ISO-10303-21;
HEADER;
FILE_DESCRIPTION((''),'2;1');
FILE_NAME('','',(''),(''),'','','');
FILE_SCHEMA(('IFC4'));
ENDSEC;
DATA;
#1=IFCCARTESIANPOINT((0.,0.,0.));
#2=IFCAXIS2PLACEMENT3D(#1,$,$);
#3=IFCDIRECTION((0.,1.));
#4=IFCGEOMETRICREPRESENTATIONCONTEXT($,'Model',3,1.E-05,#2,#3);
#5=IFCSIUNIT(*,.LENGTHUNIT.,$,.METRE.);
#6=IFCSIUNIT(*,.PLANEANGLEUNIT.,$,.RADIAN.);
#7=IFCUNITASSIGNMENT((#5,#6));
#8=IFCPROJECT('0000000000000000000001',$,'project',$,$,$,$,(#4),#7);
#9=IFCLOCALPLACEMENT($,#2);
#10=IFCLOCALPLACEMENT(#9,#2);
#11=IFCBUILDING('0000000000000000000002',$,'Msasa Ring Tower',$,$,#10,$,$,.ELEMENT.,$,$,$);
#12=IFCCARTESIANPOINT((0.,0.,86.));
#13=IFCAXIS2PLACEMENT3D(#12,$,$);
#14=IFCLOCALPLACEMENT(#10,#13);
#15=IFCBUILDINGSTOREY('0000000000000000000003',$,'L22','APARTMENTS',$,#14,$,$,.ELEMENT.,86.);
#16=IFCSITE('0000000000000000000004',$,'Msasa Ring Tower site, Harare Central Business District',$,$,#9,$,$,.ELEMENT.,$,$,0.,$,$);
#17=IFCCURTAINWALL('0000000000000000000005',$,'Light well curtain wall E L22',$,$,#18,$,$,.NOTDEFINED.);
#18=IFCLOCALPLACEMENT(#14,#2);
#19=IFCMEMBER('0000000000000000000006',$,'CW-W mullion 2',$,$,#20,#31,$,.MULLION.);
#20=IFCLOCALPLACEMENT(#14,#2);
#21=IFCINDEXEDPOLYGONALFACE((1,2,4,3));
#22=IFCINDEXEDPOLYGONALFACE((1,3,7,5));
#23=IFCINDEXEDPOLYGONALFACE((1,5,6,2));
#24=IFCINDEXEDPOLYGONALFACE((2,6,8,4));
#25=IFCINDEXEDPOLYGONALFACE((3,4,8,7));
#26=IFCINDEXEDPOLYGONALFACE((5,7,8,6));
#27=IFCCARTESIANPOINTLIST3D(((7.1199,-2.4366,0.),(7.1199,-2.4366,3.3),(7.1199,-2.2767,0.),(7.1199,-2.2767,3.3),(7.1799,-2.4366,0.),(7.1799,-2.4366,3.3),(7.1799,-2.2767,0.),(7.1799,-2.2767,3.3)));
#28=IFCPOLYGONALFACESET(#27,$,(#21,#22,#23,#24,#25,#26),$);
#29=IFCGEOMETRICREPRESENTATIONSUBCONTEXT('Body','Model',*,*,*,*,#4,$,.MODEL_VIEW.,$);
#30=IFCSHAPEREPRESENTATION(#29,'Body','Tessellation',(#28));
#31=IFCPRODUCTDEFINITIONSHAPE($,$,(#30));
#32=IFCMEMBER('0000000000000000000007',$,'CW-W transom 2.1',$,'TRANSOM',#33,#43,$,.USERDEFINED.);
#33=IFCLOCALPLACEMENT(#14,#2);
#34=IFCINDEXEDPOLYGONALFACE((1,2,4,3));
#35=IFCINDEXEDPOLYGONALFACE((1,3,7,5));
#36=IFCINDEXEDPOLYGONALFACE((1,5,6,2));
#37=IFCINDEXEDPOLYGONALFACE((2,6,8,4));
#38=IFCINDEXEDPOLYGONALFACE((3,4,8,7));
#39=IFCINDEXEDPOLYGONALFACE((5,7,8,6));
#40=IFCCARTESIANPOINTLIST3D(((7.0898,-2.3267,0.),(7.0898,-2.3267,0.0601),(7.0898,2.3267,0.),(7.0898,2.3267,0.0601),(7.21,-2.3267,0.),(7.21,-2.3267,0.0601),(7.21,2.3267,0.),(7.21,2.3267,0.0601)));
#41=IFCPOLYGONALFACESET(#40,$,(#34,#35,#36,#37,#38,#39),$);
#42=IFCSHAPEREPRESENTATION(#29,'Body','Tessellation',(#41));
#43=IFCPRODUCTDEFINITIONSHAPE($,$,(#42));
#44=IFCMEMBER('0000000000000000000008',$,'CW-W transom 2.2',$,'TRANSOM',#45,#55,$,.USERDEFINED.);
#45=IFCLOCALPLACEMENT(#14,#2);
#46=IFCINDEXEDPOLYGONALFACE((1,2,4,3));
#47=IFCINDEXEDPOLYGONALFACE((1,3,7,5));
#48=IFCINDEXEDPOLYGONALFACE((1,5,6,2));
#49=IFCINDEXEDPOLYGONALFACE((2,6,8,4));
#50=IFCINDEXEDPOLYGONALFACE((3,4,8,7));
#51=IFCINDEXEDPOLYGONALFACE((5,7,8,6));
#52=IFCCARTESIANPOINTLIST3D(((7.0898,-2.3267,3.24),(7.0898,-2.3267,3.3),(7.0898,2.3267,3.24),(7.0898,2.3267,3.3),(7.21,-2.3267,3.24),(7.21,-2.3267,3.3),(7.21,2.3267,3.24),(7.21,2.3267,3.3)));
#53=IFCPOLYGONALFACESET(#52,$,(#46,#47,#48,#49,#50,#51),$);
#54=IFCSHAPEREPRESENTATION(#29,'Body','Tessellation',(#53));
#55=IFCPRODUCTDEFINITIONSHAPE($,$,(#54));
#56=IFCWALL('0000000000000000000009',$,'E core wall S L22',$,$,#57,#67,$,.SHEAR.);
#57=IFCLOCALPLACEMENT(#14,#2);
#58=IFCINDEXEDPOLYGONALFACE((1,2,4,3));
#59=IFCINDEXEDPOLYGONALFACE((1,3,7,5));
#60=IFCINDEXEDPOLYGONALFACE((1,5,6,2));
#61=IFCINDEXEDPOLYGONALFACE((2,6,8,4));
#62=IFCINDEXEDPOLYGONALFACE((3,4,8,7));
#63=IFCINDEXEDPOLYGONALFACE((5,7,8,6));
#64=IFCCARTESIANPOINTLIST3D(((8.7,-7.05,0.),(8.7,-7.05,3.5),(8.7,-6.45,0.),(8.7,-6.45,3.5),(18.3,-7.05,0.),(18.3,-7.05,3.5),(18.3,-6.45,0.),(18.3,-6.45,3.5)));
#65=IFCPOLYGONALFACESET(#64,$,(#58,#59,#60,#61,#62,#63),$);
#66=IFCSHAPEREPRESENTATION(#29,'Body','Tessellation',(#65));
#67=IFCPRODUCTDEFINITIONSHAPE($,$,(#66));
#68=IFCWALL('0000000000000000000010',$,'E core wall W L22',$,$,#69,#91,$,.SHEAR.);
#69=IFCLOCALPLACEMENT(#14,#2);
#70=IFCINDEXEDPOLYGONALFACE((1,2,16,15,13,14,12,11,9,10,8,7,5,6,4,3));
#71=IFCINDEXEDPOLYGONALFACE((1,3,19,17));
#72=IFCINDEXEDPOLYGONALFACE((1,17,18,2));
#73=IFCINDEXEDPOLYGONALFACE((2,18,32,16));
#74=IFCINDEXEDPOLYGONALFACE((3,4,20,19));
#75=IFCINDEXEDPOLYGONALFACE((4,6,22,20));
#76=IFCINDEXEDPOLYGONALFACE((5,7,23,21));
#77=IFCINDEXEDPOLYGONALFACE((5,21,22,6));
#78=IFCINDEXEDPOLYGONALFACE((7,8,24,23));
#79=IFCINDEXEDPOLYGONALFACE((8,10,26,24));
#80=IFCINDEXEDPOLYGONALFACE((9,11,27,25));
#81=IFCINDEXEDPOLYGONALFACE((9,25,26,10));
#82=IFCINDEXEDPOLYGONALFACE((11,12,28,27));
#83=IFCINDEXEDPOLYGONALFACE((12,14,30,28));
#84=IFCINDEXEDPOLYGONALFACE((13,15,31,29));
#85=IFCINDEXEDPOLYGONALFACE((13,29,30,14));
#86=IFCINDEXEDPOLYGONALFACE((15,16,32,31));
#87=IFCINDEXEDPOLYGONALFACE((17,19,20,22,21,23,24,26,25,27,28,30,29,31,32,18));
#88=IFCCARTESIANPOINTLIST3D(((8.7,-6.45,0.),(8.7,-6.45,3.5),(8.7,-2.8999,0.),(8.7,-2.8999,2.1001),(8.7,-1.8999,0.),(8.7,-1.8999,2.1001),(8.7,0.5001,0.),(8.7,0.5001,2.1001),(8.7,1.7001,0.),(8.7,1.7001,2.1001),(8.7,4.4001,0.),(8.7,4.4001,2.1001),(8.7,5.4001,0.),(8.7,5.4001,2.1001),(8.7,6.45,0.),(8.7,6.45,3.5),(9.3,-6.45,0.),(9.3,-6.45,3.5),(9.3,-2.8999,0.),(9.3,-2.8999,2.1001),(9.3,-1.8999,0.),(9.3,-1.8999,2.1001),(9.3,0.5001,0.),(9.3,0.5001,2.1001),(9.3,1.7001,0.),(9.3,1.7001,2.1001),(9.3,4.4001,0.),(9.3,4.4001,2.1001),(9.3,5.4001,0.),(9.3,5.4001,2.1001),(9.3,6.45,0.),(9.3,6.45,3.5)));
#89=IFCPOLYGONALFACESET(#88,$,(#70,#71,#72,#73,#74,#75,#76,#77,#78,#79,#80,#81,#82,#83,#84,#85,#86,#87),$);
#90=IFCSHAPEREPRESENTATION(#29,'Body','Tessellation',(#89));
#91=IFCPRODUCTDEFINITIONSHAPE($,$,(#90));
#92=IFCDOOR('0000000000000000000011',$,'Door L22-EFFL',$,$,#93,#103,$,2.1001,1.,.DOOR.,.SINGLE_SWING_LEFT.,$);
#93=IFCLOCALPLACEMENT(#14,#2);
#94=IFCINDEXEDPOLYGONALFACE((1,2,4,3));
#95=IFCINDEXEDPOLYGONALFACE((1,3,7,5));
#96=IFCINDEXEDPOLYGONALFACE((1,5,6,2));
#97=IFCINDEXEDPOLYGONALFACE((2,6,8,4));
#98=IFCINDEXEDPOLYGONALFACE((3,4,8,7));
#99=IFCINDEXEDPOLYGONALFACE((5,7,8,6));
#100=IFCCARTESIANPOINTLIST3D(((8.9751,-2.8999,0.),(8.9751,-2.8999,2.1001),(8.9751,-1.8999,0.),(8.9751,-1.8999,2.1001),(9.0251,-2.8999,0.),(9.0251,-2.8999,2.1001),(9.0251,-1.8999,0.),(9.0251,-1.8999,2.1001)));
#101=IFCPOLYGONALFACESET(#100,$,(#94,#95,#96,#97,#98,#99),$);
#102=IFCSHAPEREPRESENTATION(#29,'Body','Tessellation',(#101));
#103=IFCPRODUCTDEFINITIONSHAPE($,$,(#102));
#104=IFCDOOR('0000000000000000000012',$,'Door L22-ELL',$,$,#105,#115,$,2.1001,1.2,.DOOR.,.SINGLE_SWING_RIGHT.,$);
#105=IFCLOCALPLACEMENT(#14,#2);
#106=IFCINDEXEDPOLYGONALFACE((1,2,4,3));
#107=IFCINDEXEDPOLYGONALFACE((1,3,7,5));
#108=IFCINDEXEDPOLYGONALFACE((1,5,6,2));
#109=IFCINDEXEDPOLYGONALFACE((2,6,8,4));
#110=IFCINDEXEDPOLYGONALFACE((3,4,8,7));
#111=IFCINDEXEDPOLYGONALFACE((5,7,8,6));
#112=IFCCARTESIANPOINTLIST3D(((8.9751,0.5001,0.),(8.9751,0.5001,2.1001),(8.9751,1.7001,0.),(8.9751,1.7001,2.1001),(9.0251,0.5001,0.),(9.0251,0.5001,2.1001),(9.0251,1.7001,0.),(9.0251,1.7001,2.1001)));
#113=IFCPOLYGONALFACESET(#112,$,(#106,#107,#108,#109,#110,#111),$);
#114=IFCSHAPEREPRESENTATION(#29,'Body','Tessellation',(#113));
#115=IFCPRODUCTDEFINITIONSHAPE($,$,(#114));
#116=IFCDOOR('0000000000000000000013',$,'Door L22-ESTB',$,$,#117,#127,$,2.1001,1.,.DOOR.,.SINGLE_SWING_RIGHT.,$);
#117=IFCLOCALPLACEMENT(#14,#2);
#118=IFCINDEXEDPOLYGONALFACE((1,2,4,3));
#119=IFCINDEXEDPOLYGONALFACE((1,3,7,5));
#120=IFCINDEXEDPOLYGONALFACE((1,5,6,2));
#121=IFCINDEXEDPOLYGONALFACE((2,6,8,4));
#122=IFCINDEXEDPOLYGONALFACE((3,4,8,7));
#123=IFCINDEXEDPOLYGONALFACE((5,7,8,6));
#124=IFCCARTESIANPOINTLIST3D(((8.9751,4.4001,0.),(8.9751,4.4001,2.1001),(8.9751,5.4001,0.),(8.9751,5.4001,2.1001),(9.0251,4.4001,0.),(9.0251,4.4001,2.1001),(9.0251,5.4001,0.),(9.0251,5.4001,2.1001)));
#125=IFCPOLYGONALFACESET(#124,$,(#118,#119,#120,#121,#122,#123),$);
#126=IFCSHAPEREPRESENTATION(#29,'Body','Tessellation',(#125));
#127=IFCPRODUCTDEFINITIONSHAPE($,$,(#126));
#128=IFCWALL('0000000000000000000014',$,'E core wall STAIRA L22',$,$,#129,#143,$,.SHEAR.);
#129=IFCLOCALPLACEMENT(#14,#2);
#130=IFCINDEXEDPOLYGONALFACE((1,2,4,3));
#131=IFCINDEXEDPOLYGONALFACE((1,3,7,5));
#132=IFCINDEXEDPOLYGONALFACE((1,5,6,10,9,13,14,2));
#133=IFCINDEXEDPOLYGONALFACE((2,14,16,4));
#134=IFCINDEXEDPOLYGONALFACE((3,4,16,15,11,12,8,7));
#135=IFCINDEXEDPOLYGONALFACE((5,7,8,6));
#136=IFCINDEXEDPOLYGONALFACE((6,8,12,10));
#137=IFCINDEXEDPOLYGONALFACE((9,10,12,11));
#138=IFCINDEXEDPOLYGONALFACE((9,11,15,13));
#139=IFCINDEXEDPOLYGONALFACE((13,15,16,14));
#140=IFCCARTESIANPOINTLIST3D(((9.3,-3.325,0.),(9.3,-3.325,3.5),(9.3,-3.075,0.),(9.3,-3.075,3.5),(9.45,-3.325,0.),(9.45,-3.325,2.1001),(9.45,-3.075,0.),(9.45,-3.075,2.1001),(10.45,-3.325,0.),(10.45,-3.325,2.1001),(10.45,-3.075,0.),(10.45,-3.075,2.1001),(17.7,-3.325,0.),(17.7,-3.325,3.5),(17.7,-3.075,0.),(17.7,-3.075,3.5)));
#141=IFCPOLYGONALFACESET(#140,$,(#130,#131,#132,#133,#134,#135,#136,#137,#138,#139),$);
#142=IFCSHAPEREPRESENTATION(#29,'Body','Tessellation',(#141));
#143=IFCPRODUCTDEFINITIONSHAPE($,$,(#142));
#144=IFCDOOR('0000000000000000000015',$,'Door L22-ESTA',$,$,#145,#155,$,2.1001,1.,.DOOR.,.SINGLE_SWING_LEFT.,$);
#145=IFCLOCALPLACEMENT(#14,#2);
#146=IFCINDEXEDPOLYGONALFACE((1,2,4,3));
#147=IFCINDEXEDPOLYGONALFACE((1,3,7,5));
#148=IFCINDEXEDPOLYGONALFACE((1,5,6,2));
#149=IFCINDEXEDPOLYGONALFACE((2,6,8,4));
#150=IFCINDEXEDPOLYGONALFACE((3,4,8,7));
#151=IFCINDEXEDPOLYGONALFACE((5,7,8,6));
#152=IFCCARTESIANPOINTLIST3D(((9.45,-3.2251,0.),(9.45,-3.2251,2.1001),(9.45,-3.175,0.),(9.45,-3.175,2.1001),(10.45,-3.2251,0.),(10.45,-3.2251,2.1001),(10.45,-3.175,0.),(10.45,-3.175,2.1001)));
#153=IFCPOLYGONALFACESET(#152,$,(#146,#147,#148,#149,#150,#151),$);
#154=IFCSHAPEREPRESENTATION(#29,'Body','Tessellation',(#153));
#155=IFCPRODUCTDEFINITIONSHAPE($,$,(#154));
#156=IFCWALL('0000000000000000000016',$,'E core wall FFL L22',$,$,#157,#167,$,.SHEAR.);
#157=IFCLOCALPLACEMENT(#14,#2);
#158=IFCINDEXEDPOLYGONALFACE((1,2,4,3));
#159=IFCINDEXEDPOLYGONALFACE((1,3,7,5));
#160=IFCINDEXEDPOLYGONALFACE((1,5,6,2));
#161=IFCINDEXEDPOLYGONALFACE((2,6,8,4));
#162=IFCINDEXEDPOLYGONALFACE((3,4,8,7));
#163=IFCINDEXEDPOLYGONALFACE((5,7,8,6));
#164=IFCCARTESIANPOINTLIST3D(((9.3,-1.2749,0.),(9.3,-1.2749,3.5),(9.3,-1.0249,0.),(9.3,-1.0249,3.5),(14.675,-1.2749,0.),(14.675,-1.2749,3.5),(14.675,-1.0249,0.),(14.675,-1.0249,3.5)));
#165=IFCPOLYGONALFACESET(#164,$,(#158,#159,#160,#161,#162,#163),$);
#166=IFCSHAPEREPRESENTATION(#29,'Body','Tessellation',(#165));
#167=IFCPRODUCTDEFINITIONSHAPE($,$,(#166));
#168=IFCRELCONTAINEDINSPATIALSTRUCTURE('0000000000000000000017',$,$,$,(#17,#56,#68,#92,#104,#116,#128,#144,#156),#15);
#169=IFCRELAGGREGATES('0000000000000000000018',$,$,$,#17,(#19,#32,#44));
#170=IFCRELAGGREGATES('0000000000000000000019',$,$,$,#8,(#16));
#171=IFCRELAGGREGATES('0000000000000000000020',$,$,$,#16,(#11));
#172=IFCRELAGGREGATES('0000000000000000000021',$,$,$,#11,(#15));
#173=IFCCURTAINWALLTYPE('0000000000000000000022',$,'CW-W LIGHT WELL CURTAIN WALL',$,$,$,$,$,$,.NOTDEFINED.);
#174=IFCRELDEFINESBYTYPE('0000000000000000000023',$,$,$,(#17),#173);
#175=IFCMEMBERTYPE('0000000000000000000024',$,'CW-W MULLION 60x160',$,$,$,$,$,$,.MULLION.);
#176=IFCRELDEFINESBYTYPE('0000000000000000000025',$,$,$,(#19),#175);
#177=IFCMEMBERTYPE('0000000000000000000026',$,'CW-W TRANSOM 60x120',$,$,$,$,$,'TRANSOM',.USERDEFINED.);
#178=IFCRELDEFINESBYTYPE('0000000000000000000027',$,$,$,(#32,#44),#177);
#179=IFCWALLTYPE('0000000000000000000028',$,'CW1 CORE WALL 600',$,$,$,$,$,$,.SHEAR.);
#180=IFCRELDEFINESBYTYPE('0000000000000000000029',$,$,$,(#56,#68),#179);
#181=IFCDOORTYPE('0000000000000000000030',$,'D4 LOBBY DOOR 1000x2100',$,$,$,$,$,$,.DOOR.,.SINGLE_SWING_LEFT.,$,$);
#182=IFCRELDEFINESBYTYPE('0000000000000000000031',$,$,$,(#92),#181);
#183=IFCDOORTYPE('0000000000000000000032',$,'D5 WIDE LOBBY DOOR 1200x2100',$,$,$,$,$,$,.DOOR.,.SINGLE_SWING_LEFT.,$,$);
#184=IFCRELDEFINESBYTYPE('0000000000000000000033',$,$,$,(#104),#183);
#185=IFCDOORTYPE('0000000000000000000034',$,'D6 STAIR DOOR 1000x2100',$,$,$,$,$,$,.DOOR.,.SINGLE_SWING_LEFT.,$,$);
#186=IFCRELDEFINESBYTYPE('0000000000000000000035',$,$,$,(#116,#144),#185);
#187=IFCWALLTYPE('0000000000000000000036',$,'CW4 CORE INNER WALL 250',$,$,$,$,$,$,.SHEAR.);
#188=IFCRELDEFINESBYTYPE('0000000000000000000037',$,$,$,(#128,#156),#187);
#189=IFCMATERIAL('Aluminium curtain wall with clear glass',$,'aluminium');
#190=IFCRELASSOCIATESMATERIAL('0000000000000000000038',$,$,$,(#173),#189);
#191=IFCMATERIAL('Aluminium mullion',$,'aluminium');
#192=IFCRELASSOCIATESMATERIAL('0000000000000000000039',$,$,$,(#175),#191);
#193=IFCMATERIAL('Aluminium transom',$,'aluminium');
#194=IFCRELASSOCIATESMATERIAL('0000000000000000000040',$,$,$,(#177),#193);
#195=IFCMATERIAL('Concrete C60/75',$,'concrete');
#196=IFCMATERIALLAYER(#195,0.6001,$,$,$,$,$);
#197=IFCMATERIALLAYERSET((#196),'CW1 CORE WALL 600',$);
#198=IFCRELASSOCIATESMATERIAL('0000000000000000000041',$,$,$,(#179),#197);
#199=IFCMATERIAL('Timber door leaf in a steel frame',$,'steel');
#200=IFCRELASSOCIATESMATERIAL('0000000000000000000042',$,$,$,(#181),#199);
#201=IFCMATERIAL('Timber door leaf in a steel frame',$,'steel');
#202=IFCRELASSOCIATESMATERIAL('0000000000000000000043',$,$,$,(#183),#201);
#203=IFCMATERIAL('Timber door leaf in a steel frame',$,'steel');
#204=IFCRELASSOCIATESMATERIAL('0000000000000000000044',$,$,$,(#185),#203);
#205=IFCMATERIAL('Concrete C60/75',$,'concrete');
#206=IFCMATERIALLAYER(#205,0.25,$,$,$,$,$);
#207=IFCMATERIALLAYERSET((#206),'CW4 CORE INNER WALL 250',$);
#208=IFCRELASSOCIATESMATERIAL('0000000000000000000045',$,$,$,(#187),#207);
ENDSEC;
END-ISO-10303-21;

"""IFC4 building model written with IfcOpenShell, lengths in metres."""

from ifc_helpers import new_model, si_unit, direction, frame, frame_2d, origin, origin_2d, place, context, subcontext, project, spatial, rectangle, extrude, material, layer, layer_set, material_profile, profile_set, type_object, element, fill, aggregate, save


model = new_model("IFC4")

# Units and contexts
model_context = context("Model", 3, precision=1e-05, world=origin(), true_north=direction((0.0, 1.0)))
body_context = subcontext(model_context, "Body", "Model", "MODEL_VIEW")
ifc_project = project(units=[si_unit("LENGTHUNIT", "METRE"), si_unit("PLANEANGLEUNIT", "RADIAN")], contexts=[model_context])

# Site, building, storey
site_placement = place(None, origin())
site = spatial("IfcSite", under=ifc_project, at=site_placement, Name="Msasa Ring Tower site, Harare Central Business District", CompositionType="ELEMENT", RefElevation=0.0)
building_placement = place(site_placement, origin())
building = spatial("IfcBuilding", under=site, at=building_placement, Name="Msasa Ring Tower", CompositionType="ELEMENT")
storey_placement = place(building_placement, frame((0.0, 0.0, 86.0)))
storey = spatial("IfcBuildingStorey", under=building, at=storey_placement, Name="L22", Description="APARTMENTS", CompositionType="ELEMENT", Elevation=86.0)

# Curtain wall, members
ifc_material_1 = material(Name="Aluminium curtain wall with clear glass", Category="aluminium")
curtain_wall_type = type_object("IfcCurtainWallType", Name="CW-W LIGHT WELL CURTAIN WALL", PredefinedType="NOTDEFINED", material=ifc_material_1)
curtain_wall_placement = place(storey_placement, origin())
curtain_wall = element("IfcCurtainWall", 1, at=curtain_wall_placement, inside=storey, type_object=curtain_wall_type, Name="Light well curtain wall E L22", PredefinedType="NOTDEFINED")
ifc_material_2 = material(Name="Aluminium mullion", Category="aluminium")
ifc_material_profile_1 = material_profile(ifc_material_2, rectangle(XDim=0.0601, YDim=0.1599, at=origin_2d()), Name="AL 60x160")
ifc_profile_set_1 = profile_set([ifc_material_profile_1], Name="Aluminium mullion")
member_type_1 = type_object("IfcMemberType", Name="CW-W MULLION 60x160", PredefinedType="MULLION", material=ifc_profile_set_1)
member_1_placement = place(storey_placement, frame((7.1499, -2.3567, 0.0), z_axis=(0.0, 0.0, 1.0), x_axis=(-1.0, 0.0, 0.0)))
member_1 = element("IfcMember", 2, at=member_1_placement, type_object=member_type_1, Name="CW-W mullion 2", PredefinedType="MULLION", context=body_context, shape_type="SweptSolid", body=[
    extrude(rectangle(XDim=0.0601, YDim=0.1599, at=origin_2d()), origin(), (0.0, 0.0, 1.0), 3.3),
])
ifc_material_3 = material(Name="Aluminium transom", Category="aluminium")
ifc_material_profile_2 = material_profile(ifc_material_3, rectangle(XDim=0.1201, YDim=0.0601, at=origin_2d()), Name="AL 60x120")
ifc_profile_set_2 = profile_set([ifc_material_profile_2], Name="Aluminium transom")
member_type_2 = type_object("IfcMemberType", Name="CW-W TRANSOM 60x120", ElementType="TRANSOM", PredefinedType="USERDEFINED", material=ifc_profile_set_2)
member_2_placement = place(storey_placement, frame((7.1499, -2.3267, 0.03), z_axis=(0.0, 1.0, 0.0), x_axis=(-1.0, 0.0, 0.0)))
member_2 = element("IfcMember", 3, at=member_2_placement, type_object=member_type_2, Name="CW-W transom 2.1", ObjectType="TRANSOM", PredefinedType="USERDEFINED", context=body_context, shape_type="SweptSolid", body=[
    extrude(rectangle(XDim=0.1201, YDim=0.0601, at=origin_2d()), origin(), (0.0, 0.0, 1.0), 4.6533),
])
member_3_placement = place(storey_placement, frame((7.1499, -2.3267, 3.27), z_axis=(0.0, 1.0, 0.0), x_axis=(-1.0, 0.0, 0.0)))
member_3 = element("IfcMember", 4, at=member_3_placement, type_object=member_type_2, Name="CW-W transom 2.2", ObjectType="TRANSOM", PredefinedType="USERDEFINED", context=body_context, shape_type="SweptSolid", body=[
    extrude(rectangle(XDim=0.1201, YDim=0.0601, at=origin_2d()), origin(), (0.0, 0.0, 1.0), 4.6533),
])
aggregate(curtain_wall, [member_1, member_2, member_3])

# Wall
ifc_material_4 = material(Name="Concrete C60/75", Category="concrete")
ifc_layer_1 = layer(ifc_material_4, 0.6001)
ifc_layer_set_1 = layer_set([ifc_layer_1], Name="CW1 CORE WALL 600")
wall_type_1 = type_object("IfcWallType", Name="CW1 CORE WALL 600", PredefinedType="SHEAR", material=ifc_layer_set_1)
wall_1_placement = place(storey_placement, frame((8.7, -6.75, 0.0), z_axis=(0.0, 0.0, 1.0), x_axis=(1.0, 0.0, 0.0)))
element("IfcWall", 5, at=wall_1_placement, inside=storey, type_object=wall_type_1, Name="E core wall S L22", PredefinedType="SHEAR", context=body_context, shape_type="SweptSolid", body=[
    extrude(rectangle(XDim=9.6001, YDim=0.6001, at=frame_2d((4.8, 0.0))), origin(), (0.0, 0.0, 1.0), 3.5),
])

# Wall, openings, doors
wall_2_placement = place(storey_placement, frame((9.0, -6.45, 0.0), z_axis=(0.0, 0.0, 1.0), x_axis=(0.0, 1.0, 0.0)))
wall_2 = element("IfcWall", 6, at=wall_2_placement, inside=storey, type_object=wall_type_1, Name="E core wall W L22", PredefinedType="SHEAR", context=body_context, shape_type="SweptSolid", body=[
    extrude(rectangle(XDim=12.8999, YDim=0.6001, at=frame_2d((6.45, 0.0))), origin(), (0.0, 0.0, 1.0), 3.5),
])
opening_1_placement = place(wall_2_placement, frame((3.55, 0.0, 0.0)))
opening_1 = element("IfcOpeningElement", 7, at=opening_1_placement, cuts=wall_2, PredefinedType="OPENING", context=body_context, shape_type="SweptSolid", body=[
    extrude(rectangle(XDim=1.0, YDim=2.1001, at=frame_2d((0.5, 1.05))), frame((0.0, 0.3101, 0.0), z_axis=(0.0, -1.0, 0.0), x_axis=(1.0, 0.0, 0.0)), (0.0, 0.0, 1.0), 0.6201),
])
opening_2_placement = place(wall_2_placement, frame((6.95, 0.0, 0.0)))
opening_2 = element("IfcOpeningElement", 8, at=opening_2_placement, cuts=wall_2, PredefinedType="OPENING", context=body_context, shape_type="SweptSolid", body=[
    extrude(rectangle(XDim=1.2, YDim=2.1001, at=frame_2d((0.6001, 1.05))), frame((0.0, 0.3101, 0.0), z_axis=(0.0, -1.0, 0.0), x_axis=(1.0, 0.0, 0.0)), (0.0, 0.0, 1.0), 0.6201),
])
opening_3_placement = place(wall_2_placement, frame((10.8501, 0.0, 0.0)))
opening_3 = element("IfcOpeningElement", 9, at=opening_3_placement, cuts=wall_2, PredefinedType="OPENING", context=body_context, shape_type="SweptSolid", body=[
    extrude(rectangle(XDim=1.0, YDim=2.1001, at=frame_2d((0.5, 1.05))), frame((0.0, 0.3101, 0.0), z_axis=(0.0, -1.0, 0.0), x_axis=(1.0, 0.0, 0.0)), (0.0, 0.0, 1.0), 0.6201),
])
ifc_material_5 = material(Name="Timber door leaf in a steel frame", Category="steel")
door_type_1 = type_object("IfcDoorType", Name="D4 LOBBY DOOR 1000x2100", OperationType="SINGLE_SWING_LEFT", PredefinedType="DOOR", material=ifc_material_5)
door_1_placement = place(opening_1_placement, origin())
door_1 = element("IfcDoor", 10, at=door_1_placement, inside=storey, type_object=door_type_1, Name="Door L22-EFFL", OperationType="SINGLE_SWING_LEFT", OverallHeight=2.1001, OverallWidth=1.0, PredefinedType="DOOR", context=body_context, shape_type="SweptSolid", body=[
    extrude(rectangle(XDim=1.0, YDim=2.1001, at=frame_2d((0.5, 1.05))), frame((0.0, 0.0249, 0.0), z_axis=(0.0, -1.0, 0.0), x_axis=(1.0, 0.0, 0.0)), (0.0, 0.0, 1.0), 0.05),
])
fill(opening_1, door_1)
ifc_material_6 = material(Name="Timber door leaf in a steel frame", Category="steel")
door_type_2 = type_object("IfcDoorType", Name="D5 WIDE LOBBY DOOR 1200x2100", OperationType="SINGLE_SWING_LEFT", PredefinedType="DOOR", material=ifc_material_6)
door_2_placement = place(opening_2_placement, origin())
door_2 = element("IfcDoor", 11, at=door_2_placement, inside=storey, type_object=door_type_2, Name="Door L22-ELL", OperationType="SINGLE_SWING_RIGHT", OverallHeight=2.1001, OverallWidth=1.2, PredefinedType="DOOR", context=body_context, shape_type="SweptSolid", body=[
    extrude(rectangle(XDim=1.2, YDim=2.1001, at=frame_2d((0.6001, 1.05))), frame((0.0, 0.0249, 0.0), z_axis=(0.0, -1.0, 0.0), x_axis=(1.0, 0.0, 0.0)), (0.0, 0.0, 1.0), 0.05),
])
fill(opening_2, door_2)
ifc_material_7 = material(Name="Timber door leaf in a steel frame", Category="steel")
door_type_3 = type_object("IfcDoorType", Name="D6 STAIR DOOR 1000x2100", OperationType="SINGLE_SWING_LEFT", PredefinedType="DOOR", material=ifc_material_7)
door_3_placement = place(opening_3_placement, origin())
door_3 = element("IfcDoor", 12, at=door_3_placement, inside=storey, type_object=door_type_3, Name="Door L22-ESTB", OperationType="SINGLE_SWING_RIGHT", OverallHeight=2.1001, OverallWidth=1.0, PredefinedType="DOOR", context=body_context, shape_type="SweptSolid", body=[
    extrude(rectangle(XDim=1.0, YDim=2.1001, at=frame_2d((0.5, 1.05))), frame((0.0, 0.0249, 0.0), z_axis=(0.0, -1.0, 0.0), x_axis=(1.0, 0.0, 0.0)), (0.0, 0.0, 1.0), 0.05),
])
fill(opening_3, door_3)

# Wall, opening, door
ifc_material_8 = material(Name="Concrete C60/75", Category="concrete")
ifc_layer_2 = layer(ifc_material_8, 0.25)
ifc_layer_set_2 = layer_set([ifc_layer_2], Name="CW4 CORE INNER WALL 250")
wall_type_2 = type_object("IfcWallType", Name="CW4 CORE INNER WALL 250", PredefinedType="SHEAR", material=ifc_layer_set_2)
wall_3_placement = place(storey_placement, frame((9.3, -3.2, 0.0), z_axis=(0.0, 0.0, 1.0), x_axis=(1.0, 0.0, 0.0)))
wall_3 = element("IfcWall", 13, at=wall_3_placement, inside=storey, type_object=wall_type_2, Name="E core wall STAIRA L22", PredefinedType="SHEAR", context=body_context, shape_type="SweptSolid", body=[
    extrude(rectangle(XDim=8.3999, YDim=0.25, at=frame_2d((4.2, 0.0))), origin(), (0.0, 0.0, 1.0), 3.5),
])
opening_4_placement = place(wall_3_placement, frame((0.1499, 0.0, 0.0)))
opening_4 = element("IfcOpeningElement", 14, at=opening_4_placement, cuts=wall_3, PredefinedType="OPENING", context=body_context, shape_type="SweptSolid", body=[
    extrude(rectangle(XDim=1.0, YDim=2.1001, at=frame_2d((0.5, 1.05))), frame((0.0, 0.135, 0.0), z_axis=(0.0, -1.0, 0.0), x_axis=(1.0, 0.0, 0.0)), (0.0, 0.0, 1.0), 0.27),
])
door_4_placement = place(opening_4_placement, origin())
door_4 = element("IfcDoor", 15, at=door_4_placement, inside=storey, type_object=door_type_3, Name="Door L22-ESTA", OperationType="SINGLE_SWING_LEFT", OverallHeight=2.1001, OverallWidth=1.0, PredefinedType="DOOR", context=body_context, shape_type="SweptSolid", body=[
    extrude(rectangle(XDim=1.0, YDim=2.1001, at=frame_2d((0.5, 1.05))), frame((0.0, 0.0249, 0.0), z_axis=(0.0, -1.0, 0.0), x_axis=(1.0, 0.0, 0.0)), (0.0, 0.0, 1.0), 0.05),
])
fill(opening_4, door_4)

# Wall
wall_4_placement = place(storey_placement, frame((9.3, -1.1499, 0.0), z_axis=(0.0, 0.0, 1.0), x_axis=(1.0, 0.0, 0.0)))
element("IfcWall", 16, at=wall_4_placement, inside=storey, type_object=wall_type_2, Name="E core wall FFL L22", PredefinedType="SHEAR", context=body_context, shape_type="SweptSolid", body=[
    extrude(rectangle(XDim=5.375, YDim=0.25, at=frame_2d((2.6875, 0.0))), origin(), (0.0, 0.0, 1.0), 3.5),
])

save(model, "model.ifc")
